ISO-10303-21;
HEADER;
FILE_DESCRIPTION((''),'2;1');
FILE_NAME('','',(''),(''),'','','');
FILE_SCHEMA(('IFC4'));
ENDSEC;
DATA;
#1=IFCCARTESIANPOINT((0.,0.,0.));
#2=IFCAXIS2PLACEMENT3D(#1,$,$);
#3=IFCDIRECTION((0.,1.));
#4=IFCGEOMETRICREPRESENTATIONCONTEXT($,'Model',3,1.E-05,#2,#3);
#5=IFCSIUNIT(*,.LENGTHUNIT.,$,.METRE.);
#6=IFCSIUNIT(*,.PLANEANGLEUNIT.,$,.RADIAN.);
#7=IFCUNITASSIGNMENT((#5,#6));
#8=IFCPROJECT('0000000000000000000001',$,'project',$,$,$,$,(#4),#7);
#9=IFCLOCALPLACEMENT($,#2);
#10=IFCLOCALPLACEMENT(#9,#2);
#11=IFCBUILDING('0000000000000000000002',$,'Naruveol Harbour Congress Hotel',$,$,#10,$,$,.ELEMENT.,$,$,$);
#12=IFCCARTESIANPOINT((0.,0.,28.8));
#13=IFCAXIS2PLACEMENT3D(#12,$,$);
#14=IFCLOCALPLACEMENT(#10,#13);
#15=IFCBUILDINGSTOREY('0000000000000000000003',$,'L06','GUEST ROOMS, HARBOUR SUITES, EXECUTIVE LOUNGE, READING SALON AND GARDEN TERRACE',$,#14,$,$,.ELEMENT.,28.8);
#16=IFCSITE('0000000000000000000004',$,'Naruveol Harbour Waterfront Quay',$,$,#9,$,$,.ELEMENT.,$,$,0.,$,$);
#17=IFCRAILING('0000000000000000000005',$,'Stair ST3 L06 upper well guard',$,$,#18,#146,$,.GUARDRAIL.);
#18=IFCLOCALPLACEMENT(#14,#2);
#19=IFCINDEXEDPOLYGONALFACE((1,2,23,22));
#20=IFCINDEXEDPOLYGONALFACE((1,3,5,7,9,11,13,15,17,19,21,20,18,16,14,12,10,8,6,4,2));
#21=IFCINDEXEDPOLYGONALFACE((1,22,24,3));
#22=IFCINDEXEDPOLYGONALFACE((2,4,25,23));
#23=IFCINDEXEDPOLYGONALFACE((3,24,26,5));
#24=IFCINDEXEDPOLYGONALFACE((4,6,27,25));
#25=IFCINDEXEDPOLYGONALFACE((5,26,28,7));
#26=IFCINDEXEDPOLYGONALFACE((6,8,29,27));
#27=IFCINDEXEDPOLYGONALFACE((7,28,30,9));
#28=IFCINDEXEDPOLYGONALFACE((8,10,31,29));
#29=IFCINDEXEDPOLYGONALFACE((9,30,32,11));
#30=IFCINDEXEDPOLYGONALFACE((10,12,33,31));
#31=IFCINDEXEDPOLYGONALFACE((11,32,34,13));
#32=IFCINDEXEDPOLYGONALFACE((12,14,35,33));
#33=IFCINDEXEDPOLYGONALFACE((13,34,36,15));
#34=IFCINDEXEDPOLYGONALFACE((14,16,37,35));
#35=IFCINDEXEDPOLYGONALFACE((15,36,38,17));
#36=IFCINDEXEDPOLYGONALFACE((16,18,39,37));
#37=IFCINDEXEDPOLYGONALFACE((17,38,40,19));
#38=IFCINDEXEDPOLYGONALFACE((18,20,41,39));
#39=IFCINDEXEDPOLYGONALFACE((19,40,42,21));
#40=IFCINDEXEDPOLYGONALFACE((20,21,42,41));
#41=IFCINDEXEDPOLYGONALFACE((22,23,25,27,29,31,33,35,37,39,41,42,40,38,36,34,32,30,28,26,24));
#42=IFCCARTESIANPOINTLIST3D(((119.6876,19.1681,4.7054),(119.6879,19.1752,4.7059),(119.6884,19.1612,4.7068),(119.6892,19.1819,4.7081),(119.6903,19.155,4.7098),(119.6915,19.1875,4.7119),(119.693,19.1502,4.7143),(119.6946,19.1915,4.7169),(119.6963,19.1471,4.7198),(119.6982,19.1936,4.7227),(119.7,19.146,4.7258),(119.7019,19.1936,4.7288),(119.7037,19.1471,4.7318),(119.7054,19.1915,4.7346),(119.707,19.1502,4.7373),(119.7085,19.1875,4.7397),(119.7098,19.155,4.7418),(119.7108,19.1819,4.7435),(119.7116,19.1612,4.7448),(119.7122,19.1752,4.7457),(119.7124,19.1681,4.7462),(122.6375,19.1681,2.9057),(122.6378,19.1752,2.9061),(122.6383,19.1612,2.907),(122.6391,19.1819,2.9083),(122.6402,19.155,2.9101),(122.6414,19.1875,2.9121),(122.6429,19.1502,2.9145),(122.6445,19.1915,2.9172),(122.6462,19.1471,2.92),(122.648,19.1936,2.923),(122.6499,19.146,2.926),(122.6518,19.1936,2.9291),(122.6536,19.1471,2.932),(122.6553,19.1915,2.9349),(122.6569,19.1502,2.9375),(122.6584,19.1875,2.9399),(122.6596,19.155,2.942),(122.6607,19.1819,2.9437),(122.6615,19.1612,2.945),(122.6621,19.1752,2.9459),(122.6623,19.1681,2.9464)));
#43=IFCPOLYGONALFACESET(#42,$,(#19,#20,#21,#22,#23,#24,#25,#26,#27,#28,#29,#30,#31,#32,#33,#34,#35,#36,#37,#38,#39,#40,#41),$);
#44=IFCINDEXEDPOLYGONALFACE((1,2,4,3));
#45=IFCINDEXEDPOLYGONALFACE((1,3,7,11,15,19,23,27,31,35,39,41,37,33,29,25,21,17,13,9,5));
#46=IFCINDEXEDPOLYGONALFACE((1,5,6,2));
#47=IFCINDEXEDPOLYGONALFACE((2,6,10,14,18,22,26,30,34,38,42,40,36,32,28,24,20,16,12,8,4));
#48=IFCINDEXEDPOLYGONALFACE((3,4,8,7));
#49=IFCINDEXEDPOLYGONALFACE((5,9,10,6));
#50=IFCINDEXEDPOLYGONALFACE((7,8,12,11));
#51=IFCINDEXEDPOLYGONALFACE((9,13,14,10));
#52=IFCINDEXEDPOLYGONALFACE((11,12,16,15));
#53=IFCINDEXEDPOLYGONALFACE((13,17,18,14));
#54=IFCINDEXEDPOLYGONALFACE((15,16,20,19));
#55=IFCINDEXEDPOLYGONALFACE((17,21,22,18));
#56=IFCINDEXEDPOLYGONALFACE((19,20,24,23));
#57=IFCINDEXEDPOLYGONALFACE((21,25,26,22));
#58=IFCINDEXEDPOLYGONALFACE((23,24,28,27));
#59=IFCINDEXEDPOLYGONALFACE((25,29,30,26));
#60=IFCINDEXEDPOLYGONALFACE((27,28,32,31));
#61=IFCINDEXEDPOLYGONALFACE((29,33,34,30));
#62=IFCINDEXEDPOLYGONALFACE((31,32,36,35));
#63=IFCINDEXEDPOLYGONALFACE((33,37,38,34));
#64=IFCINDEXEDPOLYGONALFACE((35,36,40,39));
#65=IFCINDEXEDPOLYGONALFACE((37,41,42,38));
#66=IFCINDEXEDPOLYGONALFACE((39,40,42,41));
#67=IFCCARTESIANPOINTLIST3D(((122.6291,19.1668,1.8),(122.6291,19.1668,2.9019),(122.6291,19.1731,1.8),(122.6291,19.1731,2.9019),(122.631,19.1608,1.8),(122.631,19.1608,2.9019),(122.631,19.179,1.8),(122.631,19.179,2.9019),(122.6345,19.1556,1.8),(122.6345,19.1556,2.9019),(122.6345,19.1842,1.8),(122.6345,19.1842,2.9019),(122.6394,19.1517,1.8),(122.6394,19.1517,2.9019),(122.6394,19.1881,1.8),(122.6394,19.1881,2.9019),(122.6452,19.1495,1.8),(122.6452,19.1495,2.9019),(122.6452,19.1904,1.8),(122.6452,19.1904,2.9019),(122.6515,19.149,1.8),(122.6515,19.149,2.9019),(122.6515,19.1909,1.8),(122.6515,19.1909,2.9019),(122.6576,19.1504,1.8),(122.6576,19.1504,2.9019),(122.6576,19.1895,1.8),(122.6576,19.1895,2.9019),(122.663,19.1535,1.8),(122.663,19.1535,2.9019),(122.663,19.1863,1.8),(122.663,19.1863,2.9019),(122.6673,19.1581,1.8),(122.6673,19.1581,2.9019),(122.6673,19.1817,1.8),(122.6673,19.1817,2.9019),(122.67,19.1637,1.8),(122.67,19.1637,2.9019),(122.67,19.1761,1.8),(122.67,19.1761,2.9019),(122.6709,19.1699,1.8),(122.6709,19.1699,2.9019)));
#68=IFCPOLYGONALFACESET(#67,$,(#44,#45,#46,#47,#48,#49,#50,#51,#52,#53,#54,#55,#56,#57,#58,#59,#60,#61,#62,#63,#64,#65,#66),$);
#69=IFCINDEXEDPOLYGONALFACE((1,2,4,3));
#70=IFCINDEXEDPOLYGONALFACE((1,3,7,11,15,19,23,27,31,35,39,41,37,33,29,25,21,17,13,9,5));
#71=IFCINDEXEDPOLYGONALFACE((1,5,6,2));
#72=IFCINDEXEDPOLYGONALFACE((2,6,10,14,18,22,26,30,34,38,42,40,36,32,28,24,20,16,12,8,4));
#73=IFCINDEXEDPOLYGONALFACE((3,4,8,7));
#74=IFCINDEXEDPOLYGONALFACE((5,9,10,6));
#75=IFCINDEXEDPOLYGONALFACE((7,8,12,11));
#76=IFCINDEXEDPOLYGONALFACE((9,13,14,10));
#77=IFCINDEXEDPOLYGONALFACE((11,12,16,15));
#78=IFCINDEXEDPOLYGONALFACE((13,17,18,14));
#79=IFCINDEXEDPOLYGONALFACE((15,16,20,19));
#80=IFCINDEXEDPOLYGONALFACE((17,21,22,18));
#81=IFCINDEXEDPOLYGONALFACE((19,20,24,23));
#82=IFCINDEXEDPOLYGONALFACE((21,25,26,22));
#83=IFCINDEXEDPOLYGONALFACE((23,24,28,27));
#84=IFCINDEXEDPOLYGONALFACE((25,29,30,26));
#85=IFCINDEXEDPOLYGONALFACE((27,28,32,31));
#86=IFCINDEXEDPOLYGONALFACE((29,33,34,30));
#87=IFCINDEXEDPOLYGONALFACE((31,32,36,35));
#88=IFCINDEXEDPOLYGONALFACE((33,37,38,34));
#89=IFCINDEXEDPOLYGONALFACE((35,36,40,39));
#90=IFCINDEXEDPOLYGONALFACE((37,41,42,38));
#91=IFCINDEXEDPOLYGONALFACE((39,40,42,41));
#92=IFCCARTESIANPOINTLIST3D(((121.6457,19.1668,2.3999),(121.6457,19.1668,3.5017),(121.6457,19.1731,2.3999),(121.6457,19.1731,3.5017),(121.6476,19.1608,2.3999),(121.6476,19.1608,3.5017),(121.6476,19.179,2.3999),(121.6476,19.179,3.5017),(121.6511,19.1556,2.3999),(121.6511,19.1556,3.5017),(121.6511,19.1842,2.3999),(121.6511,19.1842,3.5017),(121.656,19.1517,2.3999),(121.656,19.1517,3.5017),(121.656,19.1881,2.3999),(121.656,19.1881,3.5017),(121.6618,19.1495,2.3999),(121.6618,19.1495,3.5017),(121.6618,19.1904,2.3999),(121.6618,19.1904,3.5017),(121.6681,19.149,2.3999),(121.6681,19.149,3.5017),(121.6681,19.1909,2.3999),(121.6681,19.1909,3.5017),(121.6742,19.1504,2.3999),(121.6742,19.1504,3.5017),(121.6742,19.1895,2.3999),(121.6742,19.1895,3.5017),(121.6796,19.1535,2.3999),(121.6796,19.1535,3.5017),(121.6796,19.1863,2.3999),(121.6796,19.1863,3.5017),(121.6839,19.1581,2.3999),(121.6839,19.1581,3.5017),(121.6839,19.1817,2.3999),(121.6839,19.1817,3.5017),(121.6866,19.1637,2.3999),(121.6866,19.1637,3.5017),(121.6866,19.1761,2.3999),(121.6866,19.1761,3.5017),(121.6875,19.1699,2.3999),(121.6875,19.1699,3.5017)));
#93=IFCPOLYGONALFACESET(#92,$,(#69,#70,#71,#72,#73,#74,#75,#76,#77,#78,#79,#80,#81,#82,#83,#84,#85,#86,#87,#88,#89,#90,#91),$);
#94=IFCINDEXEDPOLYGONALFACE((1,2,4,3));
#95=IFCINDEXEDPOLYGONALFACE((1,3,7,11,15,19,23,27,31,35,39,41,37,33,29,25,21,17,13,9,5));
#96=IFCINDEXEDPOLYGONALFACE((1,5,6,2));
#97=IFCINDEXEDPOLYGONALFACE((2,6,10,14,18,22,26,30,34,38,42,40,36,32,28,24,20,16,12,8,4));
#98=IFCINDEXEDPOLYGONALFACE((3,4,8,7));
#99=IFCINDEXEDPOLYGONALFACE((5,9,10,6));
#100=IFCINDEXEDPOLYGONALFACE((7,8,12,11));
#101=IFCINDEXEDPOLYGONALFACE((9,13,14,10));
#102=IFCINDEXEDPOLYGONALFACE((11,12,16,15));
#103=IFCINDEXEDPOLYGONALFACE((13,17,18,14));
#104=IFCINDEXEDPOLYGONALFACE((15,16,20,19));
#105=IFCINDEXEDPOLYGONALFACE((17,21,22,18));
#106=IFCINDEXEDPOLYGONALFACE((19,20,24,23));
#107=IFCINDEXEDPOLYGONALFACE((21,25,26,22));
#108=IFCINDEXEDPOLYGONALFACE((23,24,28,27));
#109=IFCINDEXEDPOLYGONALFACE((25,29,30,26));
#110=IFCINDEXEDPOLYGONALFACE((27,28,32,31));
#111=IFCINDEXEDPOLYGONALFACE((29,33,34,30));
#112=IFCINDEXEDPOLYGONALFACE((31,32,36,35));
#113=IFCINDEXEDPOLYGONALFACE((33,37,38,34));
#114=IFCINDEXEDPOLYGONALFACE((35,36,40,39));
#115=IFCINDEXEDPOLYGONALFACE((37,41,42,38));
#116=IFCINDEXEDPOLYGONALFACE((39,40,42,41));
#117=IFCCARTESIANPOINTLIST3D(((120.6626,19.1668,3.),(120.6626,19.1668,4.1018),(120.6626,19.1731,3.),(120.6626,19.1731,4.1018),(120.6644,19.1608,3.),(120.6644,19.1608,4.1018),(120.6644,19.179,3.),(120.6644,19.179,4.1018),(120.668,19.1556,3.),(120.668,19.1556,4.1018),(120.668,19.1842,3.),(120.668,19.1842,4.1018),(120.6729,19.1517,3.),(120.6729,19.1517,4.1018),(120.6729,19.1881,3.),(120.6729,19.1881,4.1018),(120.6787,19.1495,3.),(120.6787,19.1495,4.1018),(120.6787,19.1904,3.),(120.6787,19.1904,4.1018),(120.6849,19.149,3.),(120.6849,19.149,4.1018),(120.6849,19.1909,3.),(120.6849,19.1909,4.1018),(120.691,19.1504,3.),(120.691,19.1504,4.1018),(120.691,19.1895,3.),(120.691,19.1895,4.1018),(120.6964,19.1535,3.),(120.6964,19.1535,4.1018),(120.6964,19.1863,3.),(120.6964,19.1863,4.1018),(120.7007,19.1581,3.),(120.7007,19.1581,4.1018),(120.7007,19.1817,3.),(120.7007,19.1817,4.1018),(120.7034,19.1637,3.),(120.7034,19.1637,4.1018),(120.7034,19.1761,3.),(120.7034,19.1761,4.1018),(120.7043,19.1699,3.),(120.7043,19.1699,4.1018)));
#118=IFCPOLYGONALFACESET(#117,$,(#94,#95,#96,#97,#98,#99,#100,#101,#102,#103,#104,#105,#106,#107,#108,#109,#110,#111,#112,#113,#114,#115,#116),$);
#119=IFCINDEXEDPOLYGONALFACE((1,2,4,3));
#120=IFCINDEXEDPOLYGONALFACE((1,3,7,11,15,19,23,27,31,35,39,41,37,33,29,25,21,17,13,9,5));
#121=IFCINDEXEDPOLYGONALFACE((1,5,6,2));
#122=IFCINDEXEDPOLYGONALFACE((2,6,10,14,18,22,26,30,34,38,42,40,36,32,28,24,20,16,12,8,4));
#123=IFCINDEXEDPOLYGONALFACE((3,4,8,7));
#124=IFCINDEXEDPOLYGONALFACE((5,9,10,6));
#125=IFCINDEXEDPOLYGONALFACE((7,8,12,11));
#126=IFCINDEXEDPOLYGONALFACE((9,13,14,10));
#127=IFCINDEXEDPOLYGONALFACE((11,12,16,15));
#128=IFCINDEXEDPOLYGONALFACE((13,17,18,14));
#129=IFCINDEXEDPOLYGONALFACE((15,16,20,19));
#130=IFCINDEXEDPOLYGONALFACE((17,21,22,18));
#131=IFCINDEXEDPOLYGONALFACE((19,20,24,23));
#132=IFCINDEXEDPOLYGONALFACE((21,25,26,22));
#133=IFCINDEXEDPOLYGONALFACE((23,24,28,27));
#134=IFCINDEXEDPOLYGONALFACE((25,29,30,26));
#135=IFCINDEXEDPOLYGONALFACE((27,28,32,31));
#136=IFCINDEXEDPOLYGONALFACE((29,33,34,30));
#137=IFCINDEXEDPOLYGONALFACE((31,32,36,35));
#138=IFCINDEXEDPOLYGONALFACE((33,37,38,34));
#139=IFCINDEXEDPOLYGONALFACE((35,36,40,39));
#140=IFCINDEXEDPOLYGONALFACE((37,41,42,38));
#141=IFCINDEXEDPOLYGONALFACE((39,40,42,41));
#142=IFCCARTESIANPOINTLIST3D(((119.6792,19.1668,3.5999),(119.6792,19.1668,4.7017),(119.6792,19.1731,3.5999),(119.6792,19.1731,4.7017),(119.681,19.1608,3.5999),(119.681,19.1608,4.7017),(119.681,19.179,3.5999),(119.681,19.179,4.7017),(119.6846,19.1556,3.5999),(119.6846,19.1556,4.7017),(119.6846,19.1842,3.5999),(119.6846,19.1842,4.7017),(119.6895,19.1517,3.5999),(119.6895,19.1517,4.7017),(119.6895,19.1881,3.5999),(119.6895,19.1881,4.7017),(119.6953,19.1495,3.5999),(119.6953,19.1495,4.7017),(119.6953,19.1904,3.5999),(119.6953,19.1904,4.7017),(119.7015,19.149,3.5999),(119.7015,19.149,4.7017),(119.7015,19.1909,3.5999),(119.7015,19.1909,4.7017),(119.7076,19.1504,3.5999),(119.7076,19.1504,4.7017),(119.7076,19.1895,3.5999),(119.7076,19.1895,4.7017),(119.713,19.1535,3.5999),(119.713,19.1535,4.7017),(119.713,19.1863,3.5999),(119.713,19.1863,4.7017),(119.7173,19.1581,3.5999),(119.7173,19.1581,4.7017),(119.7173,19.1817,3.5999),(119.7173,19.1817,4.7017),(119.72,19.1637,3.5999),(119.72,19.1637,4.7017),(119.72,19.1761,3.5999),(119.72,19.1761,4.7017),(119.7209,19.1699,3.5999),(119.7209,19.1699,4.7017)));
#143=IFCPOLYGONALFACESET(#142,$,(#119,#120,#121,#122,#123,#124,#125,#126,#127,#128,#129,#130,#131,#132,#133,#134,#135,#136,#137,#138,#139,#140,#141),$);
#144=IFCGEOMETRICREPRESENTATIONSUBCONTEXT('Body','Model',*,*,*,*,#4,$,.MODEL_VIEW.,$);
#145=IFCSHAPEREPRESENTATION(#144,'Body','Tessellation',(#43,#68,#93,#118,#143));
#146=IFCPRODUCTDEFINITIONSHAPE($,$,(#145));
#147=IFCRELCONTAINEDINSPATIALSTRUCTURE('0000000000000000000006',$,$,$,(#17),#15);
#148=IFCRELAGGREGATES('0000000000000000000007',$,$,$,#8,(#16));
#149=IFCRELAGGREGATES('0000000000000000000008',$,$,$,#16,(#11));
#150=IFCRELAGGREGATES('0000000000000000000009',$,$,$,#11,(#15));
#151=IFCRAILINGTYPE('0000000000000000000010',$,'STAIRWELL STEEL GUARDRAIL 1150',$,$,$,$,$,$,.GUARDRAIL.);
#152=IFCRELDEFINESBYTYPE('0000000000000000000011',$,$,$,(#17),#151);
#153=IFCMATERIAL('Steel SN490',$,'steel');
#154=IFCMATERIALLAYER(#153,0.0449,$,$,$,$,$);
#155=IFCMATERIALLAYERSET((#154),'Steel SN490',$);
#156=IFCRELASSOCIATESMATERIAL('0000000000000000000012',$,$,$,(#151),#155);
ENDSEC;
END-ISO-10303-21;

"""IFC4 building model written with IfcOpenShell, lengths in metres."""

from ifc_helpers import new_model, si_unit, direction, frame, origin, origin_2d, place, context, subcontext, project, spatial, circle, extrude, material, layer, layer_set, type_object, element, save


model = new_model("IFC4")

# Units and contexts
model_context = context("Model", 3, precision=1e-05, world=origin(), true_north=direction((0.0, 1.0)))
body_context = subcontext(model_context, "Body", "Model", "MODEL_VIEW")
ifc_project = project(units=[si_unit("LENGTHUNIT", "METRE"), si_unit("PLANEANGLEUNIT", "RADIAN")], contexts=[model_context])

# Site, building, storey
site_placement = place(None, origin())
site = spatial("IfcSite", under=ifc_project, at=site_placement, Name="Naruveol Harbour Waterfront Quay", CompositionType="ELEMENT", RefElevation=0.0)
building_placement = place(site_placement, origin())
building = spatial("IfcBuilding", under=site, at=building_placement, Name="Naruveol Harbour Congress Hotel", CompositionType="ELEMENT")
storey_placement = place(building_placement, frame((0.0, 0.0, 28.8)))
storey = spatial("IfcBuildingStorey", under=building, at=storey_placement, Name="L06", Description="GUEST ROOMS, HARBOUR SUITES, EXECUTIVE LOUNGE, READING SALON AND GARDEN TERRACE", CompositionType="ELEMENT", Elevation=28.8)

# Railing
ifc_material_1 = material(Name="Steel SN490", Category="steel")
ifc_layer_1 = layer(ifc_material_1, 0.0449)
ifc_layer_set_1 = layer_set([ifc_layer_1], Name="Steel SN490")
railing_type_1 = type_object("IfcRailingType", Name="STAIRWELL STEEL GUARDRAIL 1150", PredefinedType="GUARDRAIL", material=ifc_layer_set_1)
railing_1_placement = place(storey_placement, frame((122.6499, 19.1699, 1.8)))
element("IfcRailing", 1, at=railing_1_placement, inside=storey, type_object=railing_type_1, Name="Stair ST3 L06 upper well guard", PredefinedType="GUARDRAIL", context=body_context, shape_type="SweptSolid", body=[
    extrude(circle(Radius=0.0239, at=origin_2d()), frame((0.0, 0.0, 1.126), z_axis=(-0.853661, 0.0, 0.52083), x_axis=(0.0, -1.0, 0.0)), (0.0, 0.0, 1.0), 3.4556),
    extrude(circle(Radius=0.021, at=origin_2d()), origin(), (0.0, 0.0, 1.0), 1.1018),
    extrude(circle(Radius=0.021, at=origin_2d()), frame((-0.9834, 0.0, 0.5999)), (0.0, 0.0, 1.0), 1.1018),
    extrude(circle(Radius=0.021, at=origin_2d()), frame((-1.9666, 0.0, 1.2)), (0.0, 0.0, 1.0), 1.1018),
    extrude(circle(Radius=0.021, at=origin_2d()), frame((-2.95, 0.0, 1.7998)), (0.0, 0.0, 1.0), 1.1018),
])

save(model, "model.ifc")
